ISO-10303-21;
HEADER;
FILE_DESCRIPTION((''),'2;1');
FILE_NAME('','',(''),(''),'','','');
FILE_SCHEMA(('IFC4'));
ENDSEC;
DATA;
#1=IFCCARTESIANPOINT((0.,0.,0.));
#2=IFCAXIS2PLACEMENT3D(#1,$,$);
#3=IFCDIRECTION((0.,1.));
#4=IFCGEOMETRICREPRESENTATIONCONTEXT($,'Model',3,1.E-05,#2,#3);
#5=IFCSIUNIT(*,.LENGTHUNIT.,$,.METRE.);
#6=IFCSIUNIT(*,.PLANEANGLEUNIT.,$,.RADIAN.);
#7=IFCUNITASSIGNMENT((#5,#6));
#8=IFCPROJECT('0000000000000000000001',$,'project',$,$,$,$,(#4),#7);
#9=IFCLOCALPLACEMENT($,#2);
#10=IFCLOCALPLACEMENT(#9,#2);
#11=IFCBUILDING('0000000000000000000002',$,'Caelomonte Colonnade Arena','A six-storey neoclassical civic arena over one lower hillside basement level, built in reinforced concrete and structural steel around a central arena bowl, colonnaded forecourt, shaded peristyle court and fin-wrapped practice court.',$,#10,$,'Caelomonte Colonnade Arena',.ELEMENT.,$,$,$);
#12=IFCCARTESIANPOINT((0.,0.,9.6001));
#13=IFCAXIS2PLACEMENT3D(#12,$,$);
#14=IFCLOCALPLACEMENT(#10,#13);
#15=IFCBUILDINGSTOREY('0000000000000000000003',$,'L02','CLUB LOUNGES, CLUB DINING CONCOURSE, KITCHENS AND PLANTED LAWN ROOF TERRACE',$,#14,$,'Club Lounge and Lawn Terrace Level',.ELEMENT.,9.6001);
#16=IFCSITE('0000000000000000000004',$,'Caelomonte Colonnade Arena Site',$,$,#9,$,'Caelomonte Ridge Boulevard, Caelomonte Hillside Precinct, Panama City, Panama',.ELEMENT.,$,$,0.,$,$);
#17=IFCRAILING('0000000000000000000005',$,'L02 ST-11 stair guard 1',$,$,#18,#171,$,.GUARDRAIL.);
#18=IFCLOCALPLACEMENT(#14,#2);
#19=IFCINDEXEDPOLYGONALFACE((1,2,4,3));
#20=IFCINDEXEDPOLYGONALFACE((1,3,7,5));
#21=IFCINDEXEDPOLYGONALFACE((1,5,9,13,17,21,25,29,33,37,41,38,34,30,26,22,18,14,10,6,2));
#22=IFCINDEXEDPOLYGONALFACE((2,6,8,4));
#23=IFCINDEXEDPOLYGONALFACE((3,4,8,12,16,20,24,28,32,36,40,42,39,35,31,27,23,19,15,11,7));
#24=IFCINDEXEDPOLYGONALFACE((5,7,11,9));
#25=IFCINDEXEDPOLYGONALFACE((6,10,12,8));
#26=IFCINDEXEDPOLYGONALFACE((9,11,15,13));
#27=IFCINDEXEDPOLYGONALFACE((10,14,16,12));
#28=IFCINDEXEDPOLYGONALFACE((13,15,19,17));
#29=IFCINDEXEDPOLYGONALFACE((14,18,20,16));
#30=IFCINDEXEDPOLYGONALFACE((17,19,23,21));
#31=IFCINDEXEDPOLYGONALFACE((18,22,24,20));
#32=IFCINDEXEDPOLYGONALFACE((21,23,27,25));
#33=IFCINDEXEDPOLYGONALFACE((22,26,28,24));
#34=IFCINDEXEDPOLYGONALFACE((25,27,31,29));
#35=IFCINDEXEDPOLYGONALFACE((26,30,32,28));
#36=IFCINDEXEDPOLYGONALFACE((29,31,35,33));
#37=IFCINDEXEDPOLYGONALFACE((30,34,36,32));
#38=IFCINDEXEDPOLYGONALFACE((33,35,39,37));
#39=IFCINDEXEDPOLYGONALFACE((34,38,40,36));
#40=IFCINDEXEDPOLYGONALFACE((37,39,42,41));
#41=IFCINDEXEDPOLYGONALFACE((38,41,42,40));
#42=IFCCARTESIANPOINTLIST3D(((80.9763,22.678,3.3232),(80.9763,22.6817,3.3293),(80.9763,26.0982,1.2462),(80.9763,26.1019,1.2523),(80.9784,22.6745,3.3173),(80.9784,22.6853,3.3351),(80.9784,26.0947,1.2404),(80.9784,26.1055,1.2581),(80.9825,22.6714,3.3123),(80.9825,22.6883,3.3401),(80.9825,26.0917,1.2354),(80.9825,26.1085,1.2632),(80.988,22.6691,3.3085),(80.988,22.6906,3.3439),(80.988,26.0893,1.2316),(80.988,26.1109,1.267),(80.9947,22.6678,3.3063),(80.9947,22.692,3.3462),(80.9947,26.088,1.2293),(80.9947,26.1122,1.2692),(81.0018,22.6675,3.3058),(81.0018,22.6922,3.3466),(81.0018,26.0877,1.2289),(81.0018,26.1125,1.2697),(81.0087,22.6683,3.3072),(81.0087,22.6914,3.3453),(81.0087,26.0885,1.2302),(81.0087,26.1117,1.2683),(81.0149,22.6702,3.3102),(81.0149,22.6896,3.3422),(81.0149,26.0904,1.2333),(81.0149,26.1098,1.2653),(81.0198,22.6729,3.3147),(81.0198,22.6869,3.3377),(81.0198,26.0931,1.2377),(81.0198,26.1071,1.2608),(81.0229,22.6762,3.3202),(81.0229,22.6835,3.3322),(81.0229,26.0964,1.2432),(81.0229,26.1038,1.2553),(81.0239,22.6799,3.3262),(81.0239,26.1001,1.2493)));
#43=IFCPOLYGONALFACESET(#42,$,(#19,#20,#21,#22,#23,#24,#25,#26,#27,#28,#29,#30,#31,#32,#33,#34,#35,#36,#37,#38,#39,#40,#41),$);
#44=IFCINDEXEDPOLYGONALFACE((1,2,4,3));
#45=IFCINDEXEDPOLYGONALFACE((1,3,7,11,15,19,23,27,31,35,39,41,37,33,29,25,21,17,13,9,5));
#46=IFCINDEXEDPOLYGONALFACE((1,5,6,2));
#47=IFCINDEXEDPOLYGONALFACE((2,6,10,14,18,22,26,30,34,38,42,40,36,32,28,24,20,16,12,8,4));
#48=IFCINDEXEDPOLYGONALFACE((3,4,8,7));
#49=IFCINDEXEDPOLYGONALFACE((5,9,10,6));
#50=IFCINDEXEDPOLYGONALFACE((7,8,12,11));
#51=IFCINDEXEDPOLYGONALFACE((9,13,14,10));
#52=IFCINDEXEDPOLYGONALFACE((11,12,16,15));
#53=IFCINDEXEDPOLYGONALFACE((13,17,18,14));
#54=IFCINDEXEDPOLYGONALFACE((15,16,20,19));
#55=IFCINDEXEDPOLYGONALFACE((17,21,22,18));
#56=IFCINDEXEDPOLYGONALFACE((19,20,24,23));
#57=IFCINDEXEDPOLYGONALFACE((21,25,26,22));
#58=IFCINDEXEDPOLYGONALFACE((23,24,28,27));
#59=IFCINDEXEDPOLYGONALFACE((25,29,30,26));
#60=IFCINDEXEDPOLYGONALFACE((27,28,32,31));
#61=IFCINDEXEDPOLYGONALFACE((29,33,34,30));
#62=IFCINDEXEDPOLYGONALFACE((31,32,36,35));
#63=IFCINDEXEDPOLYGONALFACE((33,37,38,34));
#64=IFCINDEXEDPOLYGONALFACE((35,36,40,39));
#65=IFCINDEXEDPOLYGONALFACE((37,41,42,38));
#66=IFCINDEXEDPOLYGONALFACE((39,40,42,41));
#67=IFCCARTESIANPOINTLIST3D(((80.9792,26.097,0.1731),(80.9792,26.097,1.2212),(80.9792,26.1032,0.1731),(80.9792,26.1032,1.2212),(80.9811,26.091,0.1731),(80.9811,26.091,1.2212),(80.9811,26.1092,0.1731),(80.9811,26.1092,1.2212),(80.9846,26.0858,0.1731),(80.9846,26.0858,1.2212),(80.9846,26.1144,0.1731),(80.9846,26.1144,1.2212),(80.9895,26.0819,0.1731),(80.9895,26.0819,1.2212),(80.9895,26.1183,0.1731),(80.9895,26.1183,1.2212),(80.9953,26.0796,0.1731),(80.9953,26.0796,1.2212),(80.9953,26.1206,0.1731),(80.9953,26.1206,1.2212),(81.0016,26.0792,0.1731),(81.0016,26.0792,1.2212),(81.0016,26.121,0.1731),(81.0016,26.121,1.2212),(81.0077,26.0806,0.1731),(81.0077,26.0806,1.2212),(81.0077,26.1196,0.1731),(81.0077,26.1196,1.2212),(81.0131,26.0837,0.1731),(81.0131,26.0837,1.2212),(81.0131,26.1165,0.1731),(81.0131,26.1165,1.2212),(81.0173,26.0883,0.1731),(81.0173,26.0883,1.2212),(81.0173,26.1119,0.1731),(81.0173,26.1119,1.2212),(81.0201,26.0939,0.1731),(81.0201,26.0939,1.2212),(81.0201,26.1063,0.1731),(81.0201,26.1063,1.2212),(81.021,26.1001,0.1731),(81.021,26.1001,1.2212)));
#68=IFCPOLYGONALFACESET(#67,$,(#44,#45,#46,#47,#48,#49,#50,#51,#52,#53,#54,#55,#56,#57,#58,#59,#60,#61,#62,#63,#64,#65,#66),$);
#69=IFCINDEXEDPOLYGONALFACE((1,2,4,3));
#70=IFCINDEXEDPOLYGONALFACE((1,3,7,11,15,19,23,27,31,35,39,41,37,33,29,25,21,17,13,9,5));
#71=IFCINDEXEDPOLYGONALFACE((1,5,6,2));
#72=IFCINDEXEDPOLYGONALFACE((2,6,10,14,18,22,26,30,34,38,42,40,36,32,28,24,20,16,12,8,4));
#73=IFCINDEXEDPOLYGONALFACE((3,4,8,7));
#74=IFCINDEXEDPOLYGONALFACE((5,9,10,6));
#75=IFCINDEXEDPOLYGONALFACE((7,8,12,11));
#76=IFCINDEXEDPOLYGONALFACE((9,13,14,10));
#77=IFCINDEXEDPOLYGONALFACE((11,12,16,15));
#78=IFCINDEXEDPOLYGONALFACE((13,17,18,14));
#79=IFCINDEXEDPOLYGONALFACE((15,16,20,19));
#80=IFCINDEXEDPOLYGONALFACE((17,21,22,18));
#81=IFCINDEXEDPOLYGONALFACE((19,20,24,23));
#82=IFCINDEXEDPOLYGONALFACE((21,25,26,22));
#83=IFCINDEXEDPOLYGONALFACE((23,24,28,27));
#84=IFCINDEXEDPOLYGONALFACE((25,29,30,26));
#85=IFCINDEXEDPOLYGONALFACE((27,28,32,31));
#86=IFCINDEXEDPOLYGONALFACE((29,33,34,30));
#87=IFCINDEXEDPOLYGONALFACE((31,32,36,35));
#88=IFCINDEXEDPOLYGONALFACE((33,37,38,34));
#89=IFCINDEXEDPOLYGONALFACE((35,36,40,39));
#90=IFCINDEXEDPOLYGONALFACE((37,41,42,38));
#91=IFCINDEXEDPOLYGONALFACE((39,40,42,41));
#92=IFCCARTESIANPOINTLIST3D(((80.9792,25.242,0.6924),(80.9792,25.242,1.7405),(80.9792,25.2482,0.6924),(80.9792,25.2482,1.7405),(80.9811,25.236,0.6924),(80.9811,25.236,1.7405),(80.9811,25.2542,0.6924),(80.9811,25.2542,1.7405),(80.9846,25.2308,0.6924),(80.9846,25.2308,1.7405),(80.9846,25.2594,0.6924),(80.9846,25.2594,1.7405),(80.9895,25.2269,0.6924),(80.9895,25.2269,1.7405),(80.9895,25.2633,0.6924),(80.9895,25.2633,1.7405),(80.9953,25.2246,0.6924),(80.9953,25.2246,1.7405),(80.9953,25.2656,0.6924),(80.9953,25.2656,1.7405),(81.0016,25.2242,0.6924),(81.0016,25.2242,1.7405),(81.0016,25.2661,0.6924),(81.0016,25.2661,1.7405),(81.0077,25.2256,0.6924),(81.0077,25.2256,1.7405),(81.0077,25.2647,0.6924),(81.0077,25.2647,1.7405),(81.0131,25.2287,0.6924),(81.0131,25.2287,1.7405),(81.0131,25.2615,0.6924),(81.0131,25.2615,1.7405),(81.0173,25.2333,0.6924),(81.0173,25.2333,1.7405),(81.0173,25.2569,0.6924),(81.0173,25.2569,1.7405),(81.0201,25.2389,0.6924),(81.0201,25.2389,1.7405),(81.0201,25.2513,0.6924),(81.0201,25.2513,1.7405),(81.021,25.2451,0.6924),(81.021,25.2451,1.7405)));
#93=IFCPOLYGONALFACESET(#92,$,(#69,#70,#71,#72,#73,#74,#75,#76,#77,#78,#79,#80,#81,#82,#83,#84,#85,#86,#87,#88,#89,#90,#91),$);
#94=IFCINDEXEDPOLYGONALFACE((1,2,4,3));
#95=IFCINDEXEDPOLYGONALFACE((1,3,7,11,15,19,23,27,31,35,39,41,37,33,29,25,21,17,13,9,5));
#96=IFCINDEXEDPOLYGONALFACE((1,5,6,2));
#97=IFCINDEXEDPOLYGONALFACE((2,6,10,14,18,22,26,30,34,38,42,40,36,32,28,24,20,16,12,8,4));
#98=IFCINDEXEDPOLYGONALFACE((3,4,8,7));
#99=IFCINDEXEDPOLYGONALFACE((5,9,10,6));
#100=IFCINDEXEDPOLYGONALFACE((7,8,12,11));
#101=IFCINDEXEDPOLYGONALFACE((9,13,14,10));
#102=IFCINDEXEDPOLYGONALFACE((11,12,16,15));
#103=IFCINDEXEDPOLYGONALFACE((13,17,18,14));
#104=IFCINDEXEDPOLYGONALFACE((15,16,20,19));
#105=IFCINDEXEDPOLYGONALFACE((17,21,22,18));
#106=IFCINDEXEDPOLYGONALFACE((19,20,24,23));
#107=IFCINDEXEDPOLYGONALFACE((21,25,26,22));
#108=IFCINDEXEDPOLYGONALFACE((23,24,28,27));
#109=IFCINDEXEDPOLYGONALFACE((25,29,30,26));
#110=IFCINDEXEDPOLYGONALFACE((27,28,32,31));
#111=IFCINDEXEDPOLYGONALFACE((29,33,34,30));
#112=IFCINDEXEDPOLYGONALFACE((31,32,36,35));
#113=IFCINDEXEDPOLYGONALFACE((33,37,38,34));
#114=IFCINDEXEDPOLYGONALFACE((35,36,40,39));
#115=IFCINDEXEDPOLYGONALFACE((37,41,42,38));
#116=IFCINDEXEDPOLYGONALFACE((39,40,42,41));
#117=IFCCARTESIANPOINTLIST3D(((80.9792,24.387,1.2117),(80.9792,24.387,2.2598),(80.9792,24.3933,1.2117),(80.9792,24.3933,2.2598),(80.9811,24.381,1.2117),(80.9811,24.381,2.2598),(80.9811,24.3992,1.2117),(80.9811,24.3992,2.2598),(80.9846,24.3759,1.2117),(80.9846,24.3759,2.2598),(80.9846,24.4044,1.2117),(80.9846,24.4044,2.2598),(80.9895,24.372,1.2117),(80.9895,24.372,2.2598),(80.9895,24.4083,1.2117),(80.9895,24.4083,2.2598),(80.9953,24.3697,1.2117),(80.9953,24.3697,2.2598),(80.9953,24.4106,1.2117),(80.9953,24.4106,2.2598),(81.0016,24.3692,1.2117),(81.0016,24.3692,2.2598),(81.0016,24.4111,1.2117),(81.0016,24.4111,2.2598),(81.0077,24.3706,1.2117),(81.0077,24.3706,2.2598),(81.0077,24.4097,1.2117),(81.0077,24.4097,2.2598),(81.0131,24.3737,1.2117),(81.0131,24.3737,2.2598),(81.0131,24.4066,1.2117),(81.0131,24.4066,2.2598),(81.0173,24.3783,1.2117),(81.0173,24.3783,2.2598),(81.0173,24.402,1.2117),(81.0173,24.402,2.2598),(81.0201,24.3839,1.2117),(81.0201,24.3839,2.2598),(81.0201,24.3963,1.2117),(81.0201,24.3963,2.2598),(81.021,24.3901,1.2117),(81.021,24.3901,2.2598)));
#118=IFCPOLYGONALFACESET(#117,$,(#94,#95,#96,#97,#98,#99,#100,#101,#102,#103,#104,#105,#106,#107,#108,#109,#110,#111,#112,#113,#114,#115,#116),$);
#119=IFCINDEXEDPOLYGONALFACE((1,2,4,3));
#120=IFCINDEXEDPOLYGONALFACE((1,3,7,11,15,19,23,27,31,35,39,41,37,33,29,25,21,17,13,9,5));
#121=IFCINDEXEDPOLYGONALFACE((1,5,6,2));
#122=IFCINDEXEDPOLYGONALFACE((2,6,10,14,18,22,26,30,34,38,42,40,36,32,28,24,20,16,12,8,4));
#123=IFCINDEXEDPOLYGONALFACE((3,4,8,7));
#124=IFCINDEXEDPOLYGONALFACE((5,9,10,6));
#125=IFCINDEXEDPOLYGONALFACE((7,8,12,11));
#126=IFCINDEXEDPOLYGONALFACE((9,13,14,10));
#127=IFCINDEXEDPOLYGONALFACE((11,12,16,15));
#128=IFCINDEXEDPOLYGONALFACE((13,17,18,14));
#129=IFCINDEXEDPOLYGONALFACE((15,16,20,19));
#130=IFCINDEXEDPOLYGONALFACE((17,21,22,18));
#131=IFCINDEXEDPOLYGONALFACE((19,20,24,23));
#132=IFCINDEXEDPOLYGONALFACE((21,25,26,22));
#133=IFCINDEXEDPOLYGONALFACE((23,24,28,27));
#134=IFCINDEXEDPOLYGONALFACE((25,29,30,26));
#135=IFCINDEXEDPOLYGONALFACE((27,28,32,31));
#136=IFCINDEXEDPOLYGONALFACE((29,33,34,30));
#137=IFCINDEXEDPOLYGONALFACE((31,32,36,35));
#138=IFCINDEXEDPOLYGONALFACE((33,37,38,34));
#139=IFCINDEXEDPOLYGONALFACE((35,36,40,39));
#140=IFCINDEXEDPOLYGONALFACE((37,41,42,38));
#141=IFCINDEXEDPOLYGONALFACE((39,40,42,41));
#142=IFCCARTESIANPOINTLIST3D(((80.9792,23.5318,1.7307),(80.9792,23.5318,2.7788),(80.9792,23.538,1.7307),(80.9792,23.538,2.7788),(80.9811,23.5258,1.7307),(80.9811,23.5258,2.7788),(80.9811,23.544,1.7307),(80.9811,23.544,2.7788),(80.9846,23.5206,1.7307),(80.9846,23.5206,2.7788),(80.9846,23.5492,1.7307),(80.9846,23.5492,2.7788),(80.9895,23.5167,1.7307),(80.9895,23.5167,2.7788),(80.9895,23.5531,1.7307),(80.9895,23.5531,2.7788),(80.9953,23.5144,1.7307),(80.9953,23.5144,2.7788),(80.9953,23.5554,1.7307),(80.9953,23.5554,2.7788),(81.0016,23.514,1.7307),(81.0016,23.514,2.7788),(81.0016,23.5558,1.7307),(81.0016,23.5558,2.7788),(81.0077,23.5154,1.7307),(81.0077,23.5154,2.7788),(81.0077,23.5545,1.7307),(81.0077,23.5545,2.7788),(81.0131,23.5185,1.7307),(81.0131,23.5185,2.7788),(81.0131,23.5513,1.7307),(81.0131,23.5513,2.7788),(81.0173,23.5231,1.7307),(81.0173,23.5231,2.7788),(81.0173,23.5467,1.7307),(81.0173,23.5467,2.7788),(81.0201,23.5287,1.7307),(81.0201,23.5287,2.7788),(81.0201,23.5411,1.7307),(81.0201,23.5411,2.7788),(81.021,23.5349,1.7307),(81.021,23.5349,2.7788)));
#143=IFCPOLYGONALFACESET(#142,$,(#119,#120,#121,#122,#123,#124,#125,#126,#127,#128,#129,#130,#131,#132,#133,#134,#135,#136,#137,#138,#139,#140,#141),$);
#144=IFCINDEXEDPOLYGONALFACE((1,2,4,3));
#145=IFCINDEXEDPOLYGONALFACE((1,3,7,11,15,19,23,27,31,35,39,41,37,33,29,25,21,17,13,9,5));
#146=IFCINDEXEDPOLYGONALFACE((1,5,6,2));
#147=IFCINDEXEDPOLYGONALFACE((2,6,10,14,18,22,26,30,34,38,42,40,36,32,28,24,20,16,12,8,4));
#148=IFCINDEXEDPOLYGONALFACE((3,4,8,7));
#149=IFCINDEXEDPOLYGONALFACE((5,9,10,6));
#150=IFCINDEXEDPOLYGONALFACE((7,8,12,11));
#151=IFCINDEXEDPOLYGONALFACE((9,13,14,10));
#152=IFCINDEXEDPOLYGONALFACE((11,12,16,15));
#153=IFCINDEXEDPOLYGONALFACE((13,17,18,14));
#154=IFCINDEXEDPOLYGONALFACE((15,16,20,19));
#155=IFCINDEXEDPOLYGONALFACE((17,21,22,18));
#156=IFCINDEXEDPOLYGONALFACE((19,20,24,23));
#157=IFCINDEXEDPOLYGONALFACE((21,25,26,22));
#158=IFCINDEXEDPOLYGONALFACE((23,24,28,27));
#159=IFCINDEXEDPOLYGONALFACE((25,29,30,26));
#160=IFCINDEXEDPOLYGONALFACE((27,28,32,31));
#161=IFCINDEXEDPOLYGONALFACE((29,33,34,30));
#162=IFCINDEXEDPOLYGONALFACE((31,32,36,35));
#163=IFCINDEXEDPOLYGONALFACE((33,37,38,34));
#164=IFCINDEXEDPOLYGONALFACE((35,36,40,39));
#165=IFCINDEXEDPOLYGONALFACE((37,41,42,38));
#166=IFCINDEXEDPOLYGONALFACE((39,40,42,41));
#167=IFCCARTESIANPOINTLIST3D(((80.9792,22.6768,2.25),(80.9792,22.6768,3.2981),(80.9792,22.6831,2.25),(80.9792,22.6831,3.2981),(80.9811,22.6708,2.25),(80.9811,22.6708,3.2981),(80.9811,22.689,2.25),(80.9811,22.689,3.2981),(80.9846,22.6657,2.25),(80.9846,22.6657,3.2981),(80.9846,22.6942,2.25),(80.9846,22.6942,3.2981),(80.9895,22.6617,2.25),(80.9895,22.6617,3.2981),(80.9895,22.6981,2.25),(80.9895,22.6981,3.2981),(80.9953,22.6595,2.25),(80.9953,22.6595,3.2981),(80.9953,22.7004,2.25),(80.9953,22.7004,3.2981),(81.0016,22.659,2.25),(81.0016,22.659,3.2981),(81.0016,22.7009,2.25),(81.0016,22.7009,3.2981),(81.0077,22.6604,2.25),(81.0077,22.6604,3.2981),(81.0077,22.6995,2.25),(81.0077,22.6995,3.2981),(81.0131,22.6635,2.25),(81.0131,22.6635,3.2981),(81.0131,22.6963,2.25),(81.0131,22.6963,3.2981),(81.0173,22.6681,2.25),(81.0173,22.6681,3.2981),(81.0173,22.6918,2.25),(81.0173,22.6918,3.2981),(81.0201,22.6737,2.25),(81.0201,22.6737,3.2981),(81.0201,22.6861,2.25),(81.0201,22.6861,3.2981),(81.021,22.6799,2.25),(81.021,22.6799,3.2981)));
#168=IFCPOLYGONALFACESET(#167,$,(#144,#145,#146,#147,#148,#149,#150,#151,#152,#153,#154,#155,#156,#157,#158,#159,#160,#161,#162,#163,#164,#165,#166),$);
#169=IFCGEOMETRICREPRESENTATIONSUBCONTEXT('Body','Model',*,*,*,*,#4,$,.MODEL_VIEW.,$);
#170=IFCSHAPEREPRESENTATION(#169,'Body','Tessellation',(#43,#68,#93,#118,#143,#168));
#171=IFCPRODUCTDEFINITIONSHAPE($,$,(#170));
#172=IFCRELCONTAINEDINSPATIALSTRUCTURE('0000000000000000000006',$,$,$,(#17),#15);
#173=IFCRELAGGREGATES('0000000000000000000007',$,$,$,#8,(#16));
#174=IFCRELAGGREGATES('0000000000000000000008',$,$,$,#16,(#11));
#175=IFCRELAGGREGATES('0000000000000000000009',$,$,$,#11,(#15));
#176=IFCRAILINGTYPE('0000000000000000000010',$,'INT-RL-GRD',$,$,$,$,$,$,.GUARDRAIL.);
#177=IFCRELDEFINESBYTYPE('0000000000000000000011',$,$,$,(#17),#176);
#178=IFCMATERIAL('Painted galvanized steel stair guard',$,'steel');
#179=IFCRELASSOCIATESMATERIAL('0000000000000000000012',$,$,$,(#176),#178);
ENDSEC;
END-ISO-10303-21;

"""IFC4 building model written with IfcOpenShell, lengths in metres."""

from ifc_helpers import new_model, si_unit, direction, frame, origin, origin_2d, place, context, subcontext, project, spatial, circle, extrude, material, type_object, element, save


model = new_model("IFC4")

# Units and contexts
model_context = context("Model", 3, precision=1e-05, world=origin(), true_north=direction((0.0, 1.0)))
body_context = subcontext(model_context, "Body", "Model", "MODEL_VIEW")
ifc_project = project(units=[si_unit("LENGTHUNIT", "METRE"), si_unit("PLANEANGLEUNIT", "RADIAN")], contexts=[model_context])

# Site, building, storey
site_placement = place(None, origin())
site = spatial("IfcSite", under=ifc_project, at=site_placement, Name="Caelomonte Colonnade Arena Site", LongName="Caelomonte Ridge Boulevard, Caelomonte Hillside Precinct, Panama City, Panama", CompositionType="ELEMENT", RefElevation=0.0)
building_placement = place(site_placement, origin())
building = spatial("IfcBuilding", under=site, at=building_placement, Name="Caelomonte Colonnade Arena", Description="A six-storey neoclassical civic arena over one lower hillside basement level, built in reinforced concrete and structural steel around a central arena bowl, colonnaded forecourt, shaded peristyle court and fin-wrapped practice court.", LongName="Caelomonte Colonnade Arena", CompositionType="ELEMENT")
storey_placement = place(building_placement, frame((0.0, 0.0, 9.6001)))
storey = spatial("IfcBuildingStorey", under=building, at=storey_placement, Name="L02", Description="CLUB LOUNGES, CLUB DINING CONCOURSE, KITCHENS AND PLANTED LAWN ROOF TERRACE", LongName="Club Lounge and Lawn Terrace Level", CompositionType="ELEMENT", Elevation=9.6001)

# Railing
ifc_material_1 = material(Name="Painted galvanized steel stair guard", Category="steel")
railing_type_1 = type_object("IfcRailingType", Name="INT-RL-GRD", PredefinedType="GUARDRAIL", material=ifc_material_1)
railing_1_placement = place(storey_placement, frame((81.0, 26.1001, 0.1731)))
element("IfcRailing", 1, at=railing_1_placement, inside=storey, type_object=railing_type_1, Name="L02 ST-11 stair guard 1", PredefinedType="GUARDRAIL", context=body_context, shape_type="SweptSolid", body=[
    extrude(circle(Radius=0.0239, at=origin_2d()), frame((0.0, 0.0, 1.0762), z_axis=(0.0, -0.854746, 0.519047), x_axis=(1.0, 0.0, 0.0)), (0.0, 0.0, 1.0), 4.0015),
    extrude(circle(Radius=0.021, at=origin_2d()), origin(), (0.0, 0.0, 1.0), 1.0481),
    extrude(circle(Radius=0.021, at=origin_2d()), frame((0.0, -0.855, 0.5193)), (0.0, 0.0, 1.0), 1.0481),
    extrude(circle(Radius=0.021, at=origin_2d()), frame((0.0, -1.71, 1.0386)), (0.0, 0.0, 1.0), 1.0481),
    extrude(circle(Radius=0.021, at=origin_2d()), frame((0.0, -2.5652, 1.5576)), (0.0, 0.0, 1.0), 1.0481),
    extrude(circle(Radius=0.021, at=origin_2d()), frame((0.0, -3.4202, 2.0769)), (0.0, 0.0, 1.0), 1.0481),
])

save(model, "model.ifc")
